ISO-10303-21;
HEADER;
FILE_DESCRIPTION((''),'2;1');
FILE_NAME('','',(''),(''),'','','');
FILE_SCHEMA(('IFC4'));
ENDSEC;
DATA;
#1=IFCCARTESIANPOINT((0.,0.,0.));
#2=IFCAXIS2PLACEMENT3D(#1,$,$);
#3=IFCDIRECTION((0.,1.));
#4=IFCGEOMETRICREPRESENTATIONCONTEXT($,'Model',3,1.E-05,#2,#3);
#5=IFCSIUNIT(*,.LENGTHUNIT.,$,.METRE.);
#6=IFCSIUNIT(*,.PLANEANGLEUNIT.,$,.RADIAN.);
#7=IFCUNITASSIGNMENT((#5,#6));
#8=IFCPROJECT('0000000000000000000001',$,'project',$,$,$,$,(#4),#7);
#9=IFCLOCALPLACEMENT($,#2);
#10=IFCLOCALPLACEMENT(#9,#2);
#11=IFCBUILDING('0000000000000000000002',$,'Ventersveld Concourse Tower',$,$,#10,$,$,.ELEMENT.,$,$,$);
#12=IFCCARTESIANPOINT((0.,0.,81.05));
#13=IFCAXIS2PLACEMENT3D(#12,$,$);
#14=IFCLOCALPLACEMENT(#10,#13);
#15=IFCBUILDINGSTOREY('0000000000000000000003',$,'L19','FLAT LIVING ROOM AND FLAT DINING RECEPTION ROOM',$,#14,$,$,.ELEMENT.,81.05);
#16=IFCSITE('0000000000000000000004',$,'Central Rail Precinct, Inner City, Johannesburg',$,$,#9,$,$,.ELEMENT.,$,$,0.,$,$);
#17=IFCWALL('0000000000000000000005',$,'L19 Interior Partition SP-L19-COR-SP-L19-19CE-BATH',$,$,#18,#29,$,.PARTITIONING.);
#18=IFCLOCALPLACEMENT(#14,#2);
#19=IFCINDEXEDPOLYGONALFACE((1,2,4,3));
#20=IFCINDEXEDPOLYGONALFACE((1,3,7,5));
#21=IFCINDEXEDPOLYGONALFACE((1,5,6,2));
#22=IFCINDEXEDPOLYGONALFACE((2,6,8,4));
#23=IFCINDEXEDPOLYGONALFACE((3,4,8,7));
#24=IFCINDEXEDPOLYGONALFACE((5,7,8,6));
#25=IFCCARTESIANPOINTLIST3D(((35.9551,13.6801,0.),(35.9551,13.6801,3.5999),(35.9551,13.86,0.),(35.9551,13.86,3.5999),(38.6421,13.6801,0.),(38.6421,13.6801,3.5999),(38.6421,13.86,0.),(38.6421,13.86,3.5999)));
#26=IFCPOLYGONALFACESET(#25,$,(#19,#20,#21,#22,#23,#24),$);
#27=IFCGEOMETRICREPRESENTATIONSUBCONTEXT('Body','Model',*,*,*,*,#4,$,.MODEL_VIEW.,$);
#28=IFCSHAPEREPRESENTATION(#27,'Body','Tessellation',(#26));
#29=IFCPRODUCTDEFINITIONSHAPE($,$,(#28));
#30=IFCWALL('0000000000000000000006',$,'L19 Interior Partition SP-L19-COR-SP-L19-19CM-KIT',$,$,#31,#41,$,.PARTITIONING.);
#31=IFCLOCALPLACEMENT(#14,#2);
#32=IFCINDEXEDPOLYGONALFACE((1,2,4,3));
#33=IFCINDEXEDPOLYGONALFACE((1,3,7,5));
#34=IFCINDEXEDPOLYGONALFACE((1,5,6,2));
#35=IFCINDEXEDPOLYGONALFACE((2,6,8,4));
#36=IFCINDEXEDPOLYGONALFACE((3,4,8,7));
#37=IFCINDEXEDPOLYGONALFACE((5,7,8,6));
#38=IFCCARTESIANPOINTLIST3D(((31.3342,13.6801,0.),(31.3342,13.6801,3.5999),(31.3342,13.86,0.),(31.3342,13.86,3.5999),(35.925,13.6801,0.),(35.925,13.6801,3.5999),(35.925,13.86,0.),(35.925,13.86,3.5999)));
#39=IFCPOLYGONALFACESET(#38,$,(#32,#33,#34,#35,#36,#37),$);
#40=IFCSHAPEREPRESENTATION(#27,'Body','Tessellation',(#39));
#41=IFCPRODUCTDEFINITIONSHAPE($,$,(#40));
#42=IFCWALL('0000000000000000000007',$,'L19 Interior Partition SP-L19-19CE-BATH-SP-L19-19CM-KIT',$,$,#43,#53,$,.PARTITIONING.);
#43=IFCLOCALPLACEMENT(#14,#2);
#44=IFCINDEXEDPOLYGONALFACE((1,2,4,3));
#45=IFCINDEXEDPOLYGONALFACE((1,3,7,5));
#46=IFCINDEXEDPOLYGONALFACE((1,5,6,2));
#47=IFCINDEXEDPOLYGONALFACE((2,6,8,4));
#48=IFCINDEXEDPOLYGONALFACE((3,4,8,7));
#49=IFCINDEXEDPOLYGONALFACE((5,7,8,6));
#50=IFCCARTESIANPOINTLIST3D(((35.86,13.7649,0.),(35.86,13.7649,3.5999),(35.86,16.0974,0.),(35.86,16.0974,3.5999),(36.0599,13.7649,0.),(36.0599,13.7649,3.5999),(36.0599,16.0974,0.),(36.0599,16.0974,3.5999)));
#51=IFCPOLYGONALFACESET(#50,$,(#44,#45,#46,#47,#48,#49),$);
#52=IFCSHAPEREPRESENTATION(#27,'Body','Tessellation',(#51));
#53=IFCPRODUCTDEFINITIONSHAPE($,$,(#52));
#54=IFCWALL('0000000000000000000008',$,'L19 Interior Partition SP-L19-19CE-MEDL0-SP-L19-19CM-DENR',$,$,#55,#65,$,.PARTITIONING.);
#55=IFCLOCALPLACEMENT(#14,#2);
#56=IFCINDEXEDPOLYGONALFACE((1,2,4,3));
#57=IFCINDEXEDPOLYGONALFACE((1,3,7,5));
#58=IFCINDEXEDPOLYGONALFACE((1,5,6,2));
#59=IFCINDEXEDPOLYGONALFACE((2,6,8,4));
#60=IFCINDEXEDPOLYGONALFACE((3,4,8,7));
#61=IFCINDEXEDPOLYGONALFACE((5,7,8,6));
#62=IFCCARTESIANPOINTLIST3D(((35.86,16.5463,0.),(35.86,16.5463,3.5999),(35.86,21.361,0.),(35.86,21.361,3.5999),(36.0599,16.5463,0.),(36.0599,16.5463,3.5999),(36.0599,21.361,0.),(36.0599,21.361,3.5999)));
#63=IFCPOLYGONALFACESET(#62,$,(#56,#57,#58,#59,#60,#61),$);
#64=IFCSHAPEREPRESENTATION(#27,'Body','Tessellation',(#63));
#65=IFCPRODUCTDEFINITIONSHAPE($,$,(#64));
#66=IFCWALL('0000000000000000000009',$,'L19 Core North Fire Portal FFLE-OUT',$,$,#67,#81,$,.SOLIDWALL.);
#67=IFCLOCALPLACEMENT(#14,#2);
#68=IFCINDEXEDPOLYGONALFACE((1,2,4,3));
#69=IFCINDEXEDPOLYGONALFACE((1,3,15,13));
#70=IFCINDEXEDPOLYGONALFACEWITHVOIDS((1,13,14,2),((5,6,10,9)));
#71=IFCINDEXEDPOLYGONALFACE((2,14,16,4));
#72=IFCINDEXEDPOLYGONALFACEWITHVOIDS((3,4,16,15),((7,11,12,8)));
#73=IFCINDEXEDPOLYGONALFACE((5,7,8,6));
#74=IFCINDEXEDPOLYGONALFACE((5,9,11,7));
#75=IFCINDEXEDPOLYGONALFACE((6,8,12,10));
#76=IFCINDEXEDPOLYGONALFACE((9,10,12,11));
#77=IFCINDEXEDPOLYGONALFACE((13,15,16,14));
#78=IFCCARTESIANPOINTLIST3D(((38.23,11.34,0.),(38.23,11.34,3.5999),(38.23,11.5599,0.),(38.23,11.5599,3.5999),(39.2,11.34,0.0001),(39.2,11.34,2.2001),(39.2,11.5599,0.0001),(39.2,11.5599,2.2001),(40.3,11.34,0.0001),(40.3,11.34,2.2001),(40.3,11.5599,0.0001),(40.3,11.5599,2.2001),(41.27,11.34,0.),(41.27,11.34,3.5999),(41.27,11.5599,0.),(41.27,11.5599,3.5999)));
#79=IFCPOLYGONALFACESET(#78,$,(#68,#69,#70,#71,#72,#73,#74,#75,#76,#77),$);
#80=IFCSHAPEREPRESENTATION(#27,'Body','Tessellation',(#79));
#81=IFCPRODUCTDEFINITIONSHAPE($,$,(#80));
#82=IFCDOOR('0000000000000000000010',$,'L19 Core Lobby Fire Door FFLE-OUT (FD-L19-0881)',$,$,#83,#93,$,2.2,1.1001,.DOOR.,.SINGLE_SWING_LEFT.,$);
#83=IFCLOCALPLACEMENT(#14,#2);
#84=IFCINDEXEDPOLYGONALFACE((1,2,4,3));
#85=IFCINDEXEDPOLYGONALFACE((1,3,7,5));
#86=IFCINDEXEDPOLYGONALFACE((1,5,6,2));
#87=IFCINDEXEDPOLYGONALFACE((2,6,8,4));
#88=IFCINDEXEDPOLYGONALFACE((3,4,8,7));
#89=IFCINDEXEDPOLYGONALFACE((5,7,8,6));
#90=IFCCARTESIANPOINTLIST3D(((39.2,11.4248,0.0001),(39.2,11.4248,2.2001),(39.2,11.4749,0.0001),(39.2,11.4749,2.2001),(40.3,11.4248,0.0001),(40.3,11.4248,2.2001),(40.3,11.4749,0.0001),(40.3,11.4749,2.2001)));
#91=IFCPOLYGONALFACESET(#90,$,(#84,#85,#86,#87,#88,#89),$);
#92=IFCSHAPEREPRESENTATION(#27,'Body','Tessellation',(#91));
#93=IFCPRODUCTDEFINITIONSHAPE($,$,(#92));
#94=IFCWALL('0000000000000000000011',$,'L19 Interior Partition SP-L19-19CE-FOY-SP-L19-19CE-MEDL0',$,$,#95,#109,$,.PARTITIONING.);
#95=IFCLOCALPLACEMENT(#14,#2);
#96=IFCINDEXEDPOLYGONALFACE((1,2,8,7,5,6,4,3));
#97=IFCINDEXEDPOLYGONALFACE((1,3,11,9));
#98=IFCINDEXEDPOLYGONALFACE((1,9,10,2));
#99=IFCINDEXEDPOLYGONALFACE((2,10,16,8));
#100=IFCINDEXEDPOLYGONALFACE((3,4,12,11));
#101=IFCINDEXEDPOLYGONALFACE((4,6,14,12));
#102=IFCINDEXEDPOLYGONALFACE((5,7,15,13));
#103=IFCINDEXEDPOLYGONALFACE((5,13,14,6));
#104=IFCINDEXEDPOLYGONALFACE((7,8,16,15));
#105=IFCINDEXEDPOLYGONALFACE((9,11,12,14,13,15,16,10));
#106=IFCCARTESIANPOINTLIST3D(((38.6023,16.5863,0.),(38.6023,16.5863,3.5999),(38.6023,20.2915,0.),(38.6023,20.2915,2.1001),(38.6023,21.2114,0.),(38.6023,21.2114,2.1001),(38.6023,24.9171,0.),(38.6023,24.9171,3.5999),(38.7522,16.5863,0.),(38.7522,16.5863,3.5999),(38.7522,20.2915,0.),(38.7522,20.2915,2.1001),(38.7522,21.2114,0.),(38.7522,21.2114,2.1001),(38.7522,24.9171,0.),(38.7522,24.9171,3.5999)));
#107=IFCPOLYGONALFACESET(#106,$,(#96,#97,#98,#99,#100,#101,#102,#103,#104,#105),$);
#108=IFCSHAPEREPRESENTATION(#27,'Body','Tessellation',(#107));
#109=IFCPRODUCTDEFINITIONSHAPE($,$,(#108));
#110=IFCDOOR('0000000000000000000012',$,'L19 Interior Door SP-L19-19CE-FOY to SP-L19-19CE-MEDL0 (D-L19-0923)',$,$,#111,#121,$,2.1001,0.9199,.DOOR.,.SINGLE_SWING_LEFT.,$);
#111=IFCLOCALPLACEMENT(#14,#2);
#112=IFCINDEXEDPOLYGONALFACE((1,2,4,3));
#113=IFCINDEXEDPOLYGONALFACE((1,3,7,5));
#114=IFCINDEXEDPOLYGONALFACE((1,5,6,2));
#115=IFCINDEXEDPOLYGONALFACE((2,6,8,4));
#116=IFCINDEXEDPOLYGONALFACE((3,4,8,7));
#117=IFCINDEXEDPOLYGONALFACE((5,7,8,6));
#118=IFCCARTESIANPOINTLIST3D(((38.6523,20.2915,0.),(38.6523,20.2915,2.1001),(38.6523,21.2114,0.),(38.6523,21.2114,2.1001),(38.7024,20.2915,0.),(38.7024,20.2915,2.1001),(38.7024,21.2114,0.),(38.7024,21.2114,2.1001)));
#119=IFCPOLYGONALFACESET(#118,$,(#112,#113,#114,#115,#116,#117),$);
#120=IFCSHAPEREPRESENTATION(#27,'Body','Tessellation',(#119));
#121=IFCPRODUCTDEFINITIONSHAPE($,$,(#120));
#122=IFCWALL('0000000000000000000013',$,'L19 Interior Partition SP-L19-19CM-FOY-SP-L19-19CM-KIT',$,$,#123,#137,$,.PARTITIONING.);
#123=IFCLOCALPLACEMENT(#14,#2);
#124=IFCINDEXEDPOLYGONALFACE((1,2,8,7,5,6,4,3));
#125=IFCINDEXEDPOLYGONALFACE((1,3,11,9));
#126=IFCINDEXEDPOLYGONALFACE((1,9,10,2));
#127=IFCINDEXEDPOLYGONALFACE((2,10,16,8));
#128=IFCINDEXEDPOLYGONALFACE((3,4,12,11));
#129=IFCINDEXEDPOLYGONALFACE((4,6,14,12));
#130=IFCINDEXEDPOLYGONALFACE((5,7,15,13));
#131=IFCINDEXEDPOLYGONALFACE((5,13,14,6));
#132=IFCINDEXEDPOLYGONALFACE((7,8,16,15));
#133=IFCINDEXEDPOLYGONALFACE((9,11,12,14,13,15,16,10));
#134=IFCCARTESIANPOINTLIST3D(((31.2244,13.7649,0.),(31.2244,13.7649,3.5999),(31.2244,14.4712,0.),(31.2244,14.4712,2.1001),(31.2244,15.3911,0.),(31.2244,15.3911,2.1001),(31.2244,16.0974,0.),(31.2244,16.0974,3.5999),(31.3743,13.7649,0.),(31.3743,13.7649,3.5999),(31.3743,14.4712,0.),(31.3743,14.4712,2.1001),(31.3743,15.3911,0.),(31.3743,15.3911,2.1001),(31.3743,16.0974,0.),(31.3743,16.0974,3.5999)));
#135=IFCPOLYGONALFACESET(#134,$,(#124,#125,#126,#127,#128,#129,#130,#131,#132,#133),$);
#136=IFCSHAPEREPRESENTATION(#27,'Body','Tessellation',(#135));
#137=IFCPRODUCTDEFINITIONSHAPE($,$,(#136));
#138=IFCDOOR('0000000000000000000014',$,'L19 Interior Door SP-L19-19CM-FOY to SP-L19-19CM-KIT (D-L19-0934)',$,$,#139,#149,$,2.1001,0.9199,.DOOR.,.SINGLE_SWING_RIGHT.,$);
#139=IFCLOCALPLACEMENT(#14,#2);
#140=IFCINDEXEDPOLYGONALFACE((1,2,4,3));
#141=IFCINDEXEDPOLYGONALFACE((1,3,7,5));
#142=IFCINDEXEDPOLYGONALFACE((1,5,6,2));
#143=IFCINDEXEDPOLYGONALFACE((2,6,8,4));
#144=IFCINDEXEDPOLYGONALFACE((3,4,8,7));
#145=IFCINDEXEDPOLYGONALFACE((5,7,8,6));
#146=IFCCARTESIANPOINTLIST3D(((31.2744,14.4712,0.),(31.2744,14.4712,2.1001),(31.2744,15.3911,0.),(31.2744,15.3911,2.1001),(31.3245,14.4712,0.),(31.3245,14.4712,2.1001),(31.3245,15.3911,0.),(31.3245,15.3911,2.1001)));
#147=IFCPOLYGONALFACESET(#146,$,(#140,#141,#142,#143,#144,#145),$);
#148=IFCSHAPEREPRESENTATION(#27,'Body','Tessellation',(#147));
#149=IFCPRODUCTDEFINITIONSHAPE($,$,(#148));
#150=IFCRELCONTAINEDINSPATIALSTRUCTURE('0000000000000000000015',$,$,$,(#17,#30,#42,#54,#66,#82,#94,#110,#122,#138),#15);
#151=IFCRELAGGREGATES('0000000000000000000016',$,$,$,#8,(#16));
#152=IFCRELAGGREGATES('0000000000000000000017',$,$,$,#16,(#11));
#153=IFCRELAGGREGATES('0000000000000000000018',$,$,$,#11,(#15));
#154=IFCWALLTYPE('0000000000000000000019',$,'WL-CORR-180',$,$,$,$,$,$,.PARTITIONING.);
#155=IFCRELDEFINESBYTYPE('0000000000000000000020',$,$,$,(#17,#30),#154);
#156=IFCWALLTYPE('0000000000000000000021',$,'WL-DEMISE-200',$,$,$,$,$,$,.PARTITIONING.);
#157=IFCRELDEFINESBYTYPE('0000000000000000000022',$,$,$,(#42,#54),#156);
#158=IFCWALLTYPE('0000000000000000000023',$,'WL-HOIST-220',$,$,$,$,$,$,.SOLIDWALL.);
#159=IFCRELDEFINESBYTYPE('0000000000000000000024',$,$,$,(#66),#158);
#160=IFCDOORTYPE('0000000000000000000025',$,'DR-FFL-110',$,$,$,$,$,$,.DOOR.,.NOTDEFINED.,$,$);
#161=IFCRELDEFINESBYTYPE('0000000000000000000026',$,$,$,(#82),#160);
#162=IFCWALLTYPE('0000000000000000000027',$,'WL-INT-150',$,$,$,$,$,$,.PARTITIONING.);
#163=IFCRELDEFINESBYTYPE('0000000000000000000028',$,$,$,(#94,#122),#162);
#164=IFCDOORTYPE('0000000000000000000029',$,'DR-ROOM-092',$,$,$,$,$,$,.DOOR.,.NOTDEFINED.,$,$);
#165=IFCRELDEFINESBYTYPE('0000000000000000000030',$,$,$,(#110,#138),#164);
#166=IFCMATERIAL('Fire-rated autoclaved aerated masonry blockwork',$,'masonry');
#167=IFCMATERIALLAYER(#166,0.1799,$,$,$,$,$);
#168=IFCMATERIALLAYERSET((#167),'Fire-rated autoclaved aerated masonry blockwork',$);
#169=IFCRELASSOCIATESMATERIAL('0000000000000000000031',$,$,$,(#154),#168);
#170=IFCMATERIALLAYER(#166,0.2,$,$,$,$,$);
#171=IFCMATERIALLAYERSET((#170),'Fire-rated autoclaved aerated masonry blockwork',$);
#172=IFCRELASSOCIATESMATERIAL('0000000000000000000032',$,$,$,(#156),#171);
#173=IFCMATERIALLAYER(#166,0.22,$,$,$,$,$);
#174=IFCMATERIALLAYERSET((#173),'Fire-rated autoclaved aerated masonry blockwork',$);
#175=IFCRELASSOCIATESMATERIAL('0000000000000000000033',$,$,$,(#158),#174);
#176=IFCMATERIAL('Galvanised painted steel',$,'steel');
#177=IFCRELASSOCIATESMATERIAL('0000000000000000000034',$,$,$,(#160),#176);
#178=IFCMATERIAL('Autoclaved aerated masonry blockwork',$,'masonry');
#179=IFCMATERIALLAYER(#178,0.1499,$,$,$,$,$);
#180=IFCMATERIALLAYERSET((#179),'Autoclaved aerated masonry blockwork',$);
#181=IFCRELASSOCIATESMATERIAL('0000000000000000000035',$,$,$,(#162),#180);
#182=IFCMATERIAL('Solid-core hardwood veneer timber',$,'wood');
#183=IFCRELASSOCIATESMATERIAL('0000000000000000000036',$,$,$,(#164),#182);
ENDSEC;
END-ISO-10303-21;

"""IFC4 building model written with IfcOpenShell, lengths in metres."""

from ifc_helpers import new_model, si_unit, direction, frame, frame_2d, origin, place, context, subcontext, project, spatial, rectangle, extrude, material, layer, layer_set, type_object, element, fill, save


model = new_model("IFC4")

# Units and contexts
model_context = context("Model", 3, precision=1e-05, world=origin(), true_north=direction((0.0, 1.0)))
body_context = subcontext(model_context, "Body", "Model", "MODEL_VIEW")
ifc_project = project(units=[si_unit("LENGTHUNIT", "METRE"), si_unit("PLANEANGLEUNIT", "RADIAN")], contexts=[model_context])

# Site, building, storey
site_placement = place(None, origin())
site = spatial("IfcSite", under=ifc_project, at=site_placement, Name="Central Rail Precinct, Inner City, Johannesburg", CompositionType="ELEMENT", RefElevation=0.0)
building_placement = place(site_placement, origin())
building = spatial("IfcBuilding", under=site, at=building_placement, Name="Ventersveld Concourse Tower", CompositionType="ELEMENT")
storey_placement = place(building_placement, frame((0.0, 0.0, 81.05)))
storey = spatial("IfcBuildingStorey", under=building, at=storey_placement, Name="L19", Description="FLAT LIVING ROOM AND FLAT DINING RECEPTION ROOM", CompositionType="ELEMENT", Elevation=81.05)

# Shared definitions
ifc_material_1 = material(Name="Fire-rated autoclaved aerated masonry blockwork", Category="masonry")
ifc_layer_1 = layer(ifc_material_1, 0.1799)
ifc_layer_set_1 = layer_set([ifc_layer_1], Name="Fire-rated autoclaved aerated masonry blockwork")
wall_type_1 = type_object("IfcWallType", Name="WL-CORR-180", PredefinedType="PARTITIONING", material=ifc_layer_set_1)
ifc_material_2 = material(Name="Solid-core hardwood veneer timber", Category="wood")

# Walls
wall_1_placement = place(storey_placement, frame((35.9551, 13.77, 0.0), z_axis=(0.0, 0.0, 1.0), x_axis=(1.0, 0.0, 0.0)))
element("IfcWall", 1, at=wall_1_placement, inside=storey, type_object=wall_type_1, Name="L19 Interior Partition SP-L19-COR-SP-L19-19CE-BATH", PredefinedType="PARTITIONING", context=body_context, shape_type="SweptSolid", body=[
    extrude(rectangle(XDim=2.687, YDim=0.1799, at=frame_2d((1.3435, 0.0))), origin(), (0.0, 0.0, 1.0), 3.5999),
])
wall_2_placement = place(storey_placement, frame((31.3342, 13.77, 0.0), z_axis=(0.0, 0.0, 1.0), x_axis=(1.0, 0.0, 0.0)))
element("IfcWall", 2, at=wall_2_placement, inside=storey, type_object=wall_type_1, Name="L19 Interior Partition SP-L19-COR-SP-L19-19CM-KIT", PredefinedType="PARTITIONING", context=body_context, shape_type="SweptSolid", body=[
    extrude(rectangle(XDim=4.5908, YDim=0.1799, at=frame_2d((2.2954, 0.0))), origin(), (0.0, 0.0, 1.0), 3.5999),
])
ifc_layer_2 = layer(ifc_material_1, 0.2)
ifc_layer_set_2 = layer_set([ifc_layer_2], Name="Fire-rated autoclaved aerated masonry blockwork")
wall_type_2 = type_object("IfcWallType", Name="WL-DEMISE-200", PredefinedType="PARTITIONING", material=ifc_layer_set_2)
wall_3_placement = place(storey_placement, frame((35.96, 13.7649, 0.0), z_axis=(0.0, 0.0, 1.0), x_axis=(0.0, 1.0, 0.0)))
element("IfcWall", 3, at=wall_3_placement, inside=storey, type_object=wall_type_2, Name="L19 Interior Partition SP-L19-19CE-BATH-SP-L19-19CM-KIT", PredefinedType="PARTITIONING", context=body_context, shape_type="SweptSolid", body=[
    extrude(rectangle(XDim=2.3325, YDim=0.2, at=frame_2d((1.1663, 0.0))), origin(), (0.0, 0.0, 1.0), 3.5999),
])
wall_4_placement = place(storey_placement, frame((35.96, 16.5464, 0.0), z_axis=(0.0, 0.0, 1.0), x_axis=(0.0, 1.0, 0.0)))
element("IfcWall", 4, at=wall_4_placement, inside=storey, type_object=wall_type_2, Name="L19 Interior Partition SP-L19-19CE-MEDL0-SP-L19-19CM-DENR", PredefinedType="PARTITIONING", context=body_context, shape_type="SweptSolid", body=[
    extrude(rectangle(XDim=4.8147, YDim=0.2, at=frame_2d((2.4072, 0.0))), origin(), (0.0, 0.0, 1.0), 3.5999),
])

# Walls, openings, doors
ifc_layer_3 = layer(ifc_material_1, 0.22)
ifc_layer_set_3 = layer_set([ifc_layer_3], Name="Fire-rated autoclaved aerated masonry blockwork")
wall_type_3 = type_object("IfcWallType", Name="WL-HOIST-220", PredefinedType="SOLIDWALL", material=ifc_layer_set_3)
wall_5_placement = place(storey_placement, frame((38.23, 11.45, 0.0), z_axis=(0.0, 0.0, 1.0), x_axis=(1.0, 0.0, 0.0)))
wall_5 = element("IfcWall", 5, at=wall_5_placement, inside=storey, type_object=wall_type_3, Name="L19 Core North Fire Portal FFLE-OUT", PredefinedType="SOLIDWALL", context=body_context, shape_type="SweptSolid", body=[
    extrude(rectangle(XDim=3.04, YDim=0.22, at=frame_2d((1.52, 0.0))), origin(), (0.0, 0.0, 1.0), 3.5999),
])
opening_1_placement = place(wall_5_placement, frame((0.97, 0.0, 0.0)))
opening_1 = element("IfcOpeningElement", 6, at=opening_1_placement, cuts=wall_5, PredefinedType="OPENING", context=body_context, shape_type="SweptSolid", body=[
    extrude(rectangle(XDim=1.1001, YDim=2.2, at=frame_2d((0.55, 1.1001))), frame((0.0, 0.1201, 0.0), z_axis=(0.0, -1.0, 0.0), x_axis=(1.0, 0.0, 0.0)), (0.0, 0.0, 1.0), 0.24),
])
ifc_material_3 = material(Name="Galvanised painted steel", Category="steel")
door_type_1 = type_object("IfcDoorType", Name="DR-FFL-110", OperationType="NOTDEFINED", PredefinedType="DOOR", material=ifc_material_3)
door_1_placement = place(opening_1_placement, origin())
door_1 = element("IfcDoor", 7, at=door_1_placement, inside=storey, type_object=door_type_1, Name="L19 Core Lobby Fire Door FFLE-OUT (FD-L19-0881)", OperationType="SINGLE_SWING_LEFT", OverallHeight=2.2, OverallWidth=1.1001, PredefinedType="DOOR", context=body_context, shape_type="SweptSolid", body=[
    extrude(rectangle(XDim=1.1001, YDim=2.2, at=frame_2d((0.55, 1.1001))), frame((0.0, 0.0249, 0.0), z_axis=(0.0, -1.0, 0.0), x_axis=(1.0, 0.0, 0.0)), (0.0, 0.0, 1.0), 0.05),
])
fill(opening_1, door_1)
ifc_material_4 = material(Name="Autoclaved aerated masonry blockwork", Category="masonry")
ifc_layer_4 = layer(ifc_material_4, 0.1499)
ifc_layer_set_4 = layer_set([ifc_layer_4], Name="Autoclaved aerated masonry blockwork")
wall_type_4 = type_object("IfcWallType", Name="WL-INT-150", PredefinedType="PARTITIONING", material=ifc_layer_set_4)
wall_6_placement = place(storey_placement, frame((38.6772, 16.5862, 0.0), z_axis=(0.0, 0.0, 1.0), x_axis=(0.0, 1.0, 0.0)))
wall_6 = element("IfcWall", 8, at=wall_6_placement, inside=storey, type_object=wall_type_4, Name="L19 Interior Partition SP-L19-19CE-FOY-SP-L19-19CE-MEDL0", PredefinedType="PARTITIONING", context=body_context, shape_type="SweptSolid", body=[
    extrude(rectangle(XDim=8.3308, YDim=0.1499, at=frame_2d((4.1655, 0.0))), origin(), (0.0, 0.0, 1.0), 3.5999),
])
opening_2_placement = place(wall_6_placement, frame((3.7053, 0.0, 0.0)))
opening_2 = element("IfcOpeningElement", 9, at=opening_2_placement, cuts=wall_6, PredefinedType="OPENING", context=body_context, shape_type="SweptSolid", body=[
    extrude(rectangle(XDim=0.9199, YDim=2.1001, at=frame_2d((0.46, 1.05))), frame((0.0, 0.085, 0.0), z_axis=(0.0, -1.0, 0.0), x_axis=(1.0, 0.0, 0.0)), (0.0, 0.0, 1.0), 0.1699),
])
door_type_2 = type_object("IfcDoorType", Name="DR-ROOM-092", OperationType="NOTDEFINED", PredefinedType="DOOR", material=ifc_material_2)
door_2_placement = place(opening_2_placement, origin())
door_2 = element("IfcDoor", 10, at=door_2_placement, inside=storey, type_object=door_type_2, Name="L19 Interior Door SP-L19-19CE-FOY to SP-L19-19CE-MEDL0 (D-L19-0923)", OperationType="SINGLE_SWING_LEFT", OverallHeight=2.1001, OverallWidth=0.9199, PredefinedType="DOOR", context=body_context, shape_type="SweptSolid", body=[
    extrude(rectangle(XDim=0.9199, YDim=2.1001, at=frame_2d((0.46, 1.05))), frame((0.0, 0.0249, 0.0), z_axis=(0.0, -1.0, 0.0), x_axis=(1.0, 0.0, 0.0)), (0.0, 0.0, 1.0), 0.05),
])
fill(opening_2, door_2)
wall_7_placement = place(storey_placement, frame((31.2993, 13.7649, 0.0), z_axis=(0.0, 0.0, 1.0), x_axis=(0.0, 1.0, 0.0)))
wall_7 = element("IfcWall", 11, at=wall_7_placement, inside=storey, type_object=wall_type_4, Name="L19 Interior Partition SP-L19-19CM-FOY-SP-L19-19CM-KIT", PredefinedType="PARTITIONING", context=body_context, shape_type="SweptSolid", body=[
    extrude(rectangle(XDim=2.3325, YDim=0.1499, at=frame_2d((1.1663, 0.0))), origin(), (0.0, 0.0, 1.0), 3.5999),
])
opening_3_placement = place(wall_7_placement, frame((0.7063, 0.0, 0.0)))
opening_3 = element("IfcOpeningElement", 12, at=opening_3_placement, cuts=wall_7, PredefinedType="OPENING", context=body_context, shape_type="SweptSolid", body=[
    extrude(rectangle(XDim=0.9199, YDim=2.1001, at=frame_2d((0.46, 1.05))), frame((0.0, 0.085, 0.0), z_axis=(0.0, -1.0, 0.0), x_axis=(1.0, 0.0, 0.0)), (0.0, 0.0, 1.0), 0.1699),
])
door_3_placement = place(opening_3_placement, origin())
door_3 = element("IfcDoor", 13, at=door_3_placement, inside=storey, type_object=door_type_2, Name="L19 Interior Door SP-L19-19CM-FOY to SP-L19-19CM-KIT (D-L19-0934)", OperationType="SINGLE_SWING_RIGHT", OverallHeight=2.1001, OverallWidth=0.9199, PredefinedType="DOOR", context=body_context, shape_type="SweptSolid", body=[
    extrude(rectangle(XDim=0.9199, YDim=2.1001, at=frame_2d((0.46, 1.05))), frame((0.0, 0.0249, 0.0), z_axis=(0.0, -1.0, 0.0), x_axis=(1.0, 0.0, 0.0)), (0.0, 0.0, 1.0), 0.05),
])
fill(opening_3, door_3)

save(model, "model.ifc")
